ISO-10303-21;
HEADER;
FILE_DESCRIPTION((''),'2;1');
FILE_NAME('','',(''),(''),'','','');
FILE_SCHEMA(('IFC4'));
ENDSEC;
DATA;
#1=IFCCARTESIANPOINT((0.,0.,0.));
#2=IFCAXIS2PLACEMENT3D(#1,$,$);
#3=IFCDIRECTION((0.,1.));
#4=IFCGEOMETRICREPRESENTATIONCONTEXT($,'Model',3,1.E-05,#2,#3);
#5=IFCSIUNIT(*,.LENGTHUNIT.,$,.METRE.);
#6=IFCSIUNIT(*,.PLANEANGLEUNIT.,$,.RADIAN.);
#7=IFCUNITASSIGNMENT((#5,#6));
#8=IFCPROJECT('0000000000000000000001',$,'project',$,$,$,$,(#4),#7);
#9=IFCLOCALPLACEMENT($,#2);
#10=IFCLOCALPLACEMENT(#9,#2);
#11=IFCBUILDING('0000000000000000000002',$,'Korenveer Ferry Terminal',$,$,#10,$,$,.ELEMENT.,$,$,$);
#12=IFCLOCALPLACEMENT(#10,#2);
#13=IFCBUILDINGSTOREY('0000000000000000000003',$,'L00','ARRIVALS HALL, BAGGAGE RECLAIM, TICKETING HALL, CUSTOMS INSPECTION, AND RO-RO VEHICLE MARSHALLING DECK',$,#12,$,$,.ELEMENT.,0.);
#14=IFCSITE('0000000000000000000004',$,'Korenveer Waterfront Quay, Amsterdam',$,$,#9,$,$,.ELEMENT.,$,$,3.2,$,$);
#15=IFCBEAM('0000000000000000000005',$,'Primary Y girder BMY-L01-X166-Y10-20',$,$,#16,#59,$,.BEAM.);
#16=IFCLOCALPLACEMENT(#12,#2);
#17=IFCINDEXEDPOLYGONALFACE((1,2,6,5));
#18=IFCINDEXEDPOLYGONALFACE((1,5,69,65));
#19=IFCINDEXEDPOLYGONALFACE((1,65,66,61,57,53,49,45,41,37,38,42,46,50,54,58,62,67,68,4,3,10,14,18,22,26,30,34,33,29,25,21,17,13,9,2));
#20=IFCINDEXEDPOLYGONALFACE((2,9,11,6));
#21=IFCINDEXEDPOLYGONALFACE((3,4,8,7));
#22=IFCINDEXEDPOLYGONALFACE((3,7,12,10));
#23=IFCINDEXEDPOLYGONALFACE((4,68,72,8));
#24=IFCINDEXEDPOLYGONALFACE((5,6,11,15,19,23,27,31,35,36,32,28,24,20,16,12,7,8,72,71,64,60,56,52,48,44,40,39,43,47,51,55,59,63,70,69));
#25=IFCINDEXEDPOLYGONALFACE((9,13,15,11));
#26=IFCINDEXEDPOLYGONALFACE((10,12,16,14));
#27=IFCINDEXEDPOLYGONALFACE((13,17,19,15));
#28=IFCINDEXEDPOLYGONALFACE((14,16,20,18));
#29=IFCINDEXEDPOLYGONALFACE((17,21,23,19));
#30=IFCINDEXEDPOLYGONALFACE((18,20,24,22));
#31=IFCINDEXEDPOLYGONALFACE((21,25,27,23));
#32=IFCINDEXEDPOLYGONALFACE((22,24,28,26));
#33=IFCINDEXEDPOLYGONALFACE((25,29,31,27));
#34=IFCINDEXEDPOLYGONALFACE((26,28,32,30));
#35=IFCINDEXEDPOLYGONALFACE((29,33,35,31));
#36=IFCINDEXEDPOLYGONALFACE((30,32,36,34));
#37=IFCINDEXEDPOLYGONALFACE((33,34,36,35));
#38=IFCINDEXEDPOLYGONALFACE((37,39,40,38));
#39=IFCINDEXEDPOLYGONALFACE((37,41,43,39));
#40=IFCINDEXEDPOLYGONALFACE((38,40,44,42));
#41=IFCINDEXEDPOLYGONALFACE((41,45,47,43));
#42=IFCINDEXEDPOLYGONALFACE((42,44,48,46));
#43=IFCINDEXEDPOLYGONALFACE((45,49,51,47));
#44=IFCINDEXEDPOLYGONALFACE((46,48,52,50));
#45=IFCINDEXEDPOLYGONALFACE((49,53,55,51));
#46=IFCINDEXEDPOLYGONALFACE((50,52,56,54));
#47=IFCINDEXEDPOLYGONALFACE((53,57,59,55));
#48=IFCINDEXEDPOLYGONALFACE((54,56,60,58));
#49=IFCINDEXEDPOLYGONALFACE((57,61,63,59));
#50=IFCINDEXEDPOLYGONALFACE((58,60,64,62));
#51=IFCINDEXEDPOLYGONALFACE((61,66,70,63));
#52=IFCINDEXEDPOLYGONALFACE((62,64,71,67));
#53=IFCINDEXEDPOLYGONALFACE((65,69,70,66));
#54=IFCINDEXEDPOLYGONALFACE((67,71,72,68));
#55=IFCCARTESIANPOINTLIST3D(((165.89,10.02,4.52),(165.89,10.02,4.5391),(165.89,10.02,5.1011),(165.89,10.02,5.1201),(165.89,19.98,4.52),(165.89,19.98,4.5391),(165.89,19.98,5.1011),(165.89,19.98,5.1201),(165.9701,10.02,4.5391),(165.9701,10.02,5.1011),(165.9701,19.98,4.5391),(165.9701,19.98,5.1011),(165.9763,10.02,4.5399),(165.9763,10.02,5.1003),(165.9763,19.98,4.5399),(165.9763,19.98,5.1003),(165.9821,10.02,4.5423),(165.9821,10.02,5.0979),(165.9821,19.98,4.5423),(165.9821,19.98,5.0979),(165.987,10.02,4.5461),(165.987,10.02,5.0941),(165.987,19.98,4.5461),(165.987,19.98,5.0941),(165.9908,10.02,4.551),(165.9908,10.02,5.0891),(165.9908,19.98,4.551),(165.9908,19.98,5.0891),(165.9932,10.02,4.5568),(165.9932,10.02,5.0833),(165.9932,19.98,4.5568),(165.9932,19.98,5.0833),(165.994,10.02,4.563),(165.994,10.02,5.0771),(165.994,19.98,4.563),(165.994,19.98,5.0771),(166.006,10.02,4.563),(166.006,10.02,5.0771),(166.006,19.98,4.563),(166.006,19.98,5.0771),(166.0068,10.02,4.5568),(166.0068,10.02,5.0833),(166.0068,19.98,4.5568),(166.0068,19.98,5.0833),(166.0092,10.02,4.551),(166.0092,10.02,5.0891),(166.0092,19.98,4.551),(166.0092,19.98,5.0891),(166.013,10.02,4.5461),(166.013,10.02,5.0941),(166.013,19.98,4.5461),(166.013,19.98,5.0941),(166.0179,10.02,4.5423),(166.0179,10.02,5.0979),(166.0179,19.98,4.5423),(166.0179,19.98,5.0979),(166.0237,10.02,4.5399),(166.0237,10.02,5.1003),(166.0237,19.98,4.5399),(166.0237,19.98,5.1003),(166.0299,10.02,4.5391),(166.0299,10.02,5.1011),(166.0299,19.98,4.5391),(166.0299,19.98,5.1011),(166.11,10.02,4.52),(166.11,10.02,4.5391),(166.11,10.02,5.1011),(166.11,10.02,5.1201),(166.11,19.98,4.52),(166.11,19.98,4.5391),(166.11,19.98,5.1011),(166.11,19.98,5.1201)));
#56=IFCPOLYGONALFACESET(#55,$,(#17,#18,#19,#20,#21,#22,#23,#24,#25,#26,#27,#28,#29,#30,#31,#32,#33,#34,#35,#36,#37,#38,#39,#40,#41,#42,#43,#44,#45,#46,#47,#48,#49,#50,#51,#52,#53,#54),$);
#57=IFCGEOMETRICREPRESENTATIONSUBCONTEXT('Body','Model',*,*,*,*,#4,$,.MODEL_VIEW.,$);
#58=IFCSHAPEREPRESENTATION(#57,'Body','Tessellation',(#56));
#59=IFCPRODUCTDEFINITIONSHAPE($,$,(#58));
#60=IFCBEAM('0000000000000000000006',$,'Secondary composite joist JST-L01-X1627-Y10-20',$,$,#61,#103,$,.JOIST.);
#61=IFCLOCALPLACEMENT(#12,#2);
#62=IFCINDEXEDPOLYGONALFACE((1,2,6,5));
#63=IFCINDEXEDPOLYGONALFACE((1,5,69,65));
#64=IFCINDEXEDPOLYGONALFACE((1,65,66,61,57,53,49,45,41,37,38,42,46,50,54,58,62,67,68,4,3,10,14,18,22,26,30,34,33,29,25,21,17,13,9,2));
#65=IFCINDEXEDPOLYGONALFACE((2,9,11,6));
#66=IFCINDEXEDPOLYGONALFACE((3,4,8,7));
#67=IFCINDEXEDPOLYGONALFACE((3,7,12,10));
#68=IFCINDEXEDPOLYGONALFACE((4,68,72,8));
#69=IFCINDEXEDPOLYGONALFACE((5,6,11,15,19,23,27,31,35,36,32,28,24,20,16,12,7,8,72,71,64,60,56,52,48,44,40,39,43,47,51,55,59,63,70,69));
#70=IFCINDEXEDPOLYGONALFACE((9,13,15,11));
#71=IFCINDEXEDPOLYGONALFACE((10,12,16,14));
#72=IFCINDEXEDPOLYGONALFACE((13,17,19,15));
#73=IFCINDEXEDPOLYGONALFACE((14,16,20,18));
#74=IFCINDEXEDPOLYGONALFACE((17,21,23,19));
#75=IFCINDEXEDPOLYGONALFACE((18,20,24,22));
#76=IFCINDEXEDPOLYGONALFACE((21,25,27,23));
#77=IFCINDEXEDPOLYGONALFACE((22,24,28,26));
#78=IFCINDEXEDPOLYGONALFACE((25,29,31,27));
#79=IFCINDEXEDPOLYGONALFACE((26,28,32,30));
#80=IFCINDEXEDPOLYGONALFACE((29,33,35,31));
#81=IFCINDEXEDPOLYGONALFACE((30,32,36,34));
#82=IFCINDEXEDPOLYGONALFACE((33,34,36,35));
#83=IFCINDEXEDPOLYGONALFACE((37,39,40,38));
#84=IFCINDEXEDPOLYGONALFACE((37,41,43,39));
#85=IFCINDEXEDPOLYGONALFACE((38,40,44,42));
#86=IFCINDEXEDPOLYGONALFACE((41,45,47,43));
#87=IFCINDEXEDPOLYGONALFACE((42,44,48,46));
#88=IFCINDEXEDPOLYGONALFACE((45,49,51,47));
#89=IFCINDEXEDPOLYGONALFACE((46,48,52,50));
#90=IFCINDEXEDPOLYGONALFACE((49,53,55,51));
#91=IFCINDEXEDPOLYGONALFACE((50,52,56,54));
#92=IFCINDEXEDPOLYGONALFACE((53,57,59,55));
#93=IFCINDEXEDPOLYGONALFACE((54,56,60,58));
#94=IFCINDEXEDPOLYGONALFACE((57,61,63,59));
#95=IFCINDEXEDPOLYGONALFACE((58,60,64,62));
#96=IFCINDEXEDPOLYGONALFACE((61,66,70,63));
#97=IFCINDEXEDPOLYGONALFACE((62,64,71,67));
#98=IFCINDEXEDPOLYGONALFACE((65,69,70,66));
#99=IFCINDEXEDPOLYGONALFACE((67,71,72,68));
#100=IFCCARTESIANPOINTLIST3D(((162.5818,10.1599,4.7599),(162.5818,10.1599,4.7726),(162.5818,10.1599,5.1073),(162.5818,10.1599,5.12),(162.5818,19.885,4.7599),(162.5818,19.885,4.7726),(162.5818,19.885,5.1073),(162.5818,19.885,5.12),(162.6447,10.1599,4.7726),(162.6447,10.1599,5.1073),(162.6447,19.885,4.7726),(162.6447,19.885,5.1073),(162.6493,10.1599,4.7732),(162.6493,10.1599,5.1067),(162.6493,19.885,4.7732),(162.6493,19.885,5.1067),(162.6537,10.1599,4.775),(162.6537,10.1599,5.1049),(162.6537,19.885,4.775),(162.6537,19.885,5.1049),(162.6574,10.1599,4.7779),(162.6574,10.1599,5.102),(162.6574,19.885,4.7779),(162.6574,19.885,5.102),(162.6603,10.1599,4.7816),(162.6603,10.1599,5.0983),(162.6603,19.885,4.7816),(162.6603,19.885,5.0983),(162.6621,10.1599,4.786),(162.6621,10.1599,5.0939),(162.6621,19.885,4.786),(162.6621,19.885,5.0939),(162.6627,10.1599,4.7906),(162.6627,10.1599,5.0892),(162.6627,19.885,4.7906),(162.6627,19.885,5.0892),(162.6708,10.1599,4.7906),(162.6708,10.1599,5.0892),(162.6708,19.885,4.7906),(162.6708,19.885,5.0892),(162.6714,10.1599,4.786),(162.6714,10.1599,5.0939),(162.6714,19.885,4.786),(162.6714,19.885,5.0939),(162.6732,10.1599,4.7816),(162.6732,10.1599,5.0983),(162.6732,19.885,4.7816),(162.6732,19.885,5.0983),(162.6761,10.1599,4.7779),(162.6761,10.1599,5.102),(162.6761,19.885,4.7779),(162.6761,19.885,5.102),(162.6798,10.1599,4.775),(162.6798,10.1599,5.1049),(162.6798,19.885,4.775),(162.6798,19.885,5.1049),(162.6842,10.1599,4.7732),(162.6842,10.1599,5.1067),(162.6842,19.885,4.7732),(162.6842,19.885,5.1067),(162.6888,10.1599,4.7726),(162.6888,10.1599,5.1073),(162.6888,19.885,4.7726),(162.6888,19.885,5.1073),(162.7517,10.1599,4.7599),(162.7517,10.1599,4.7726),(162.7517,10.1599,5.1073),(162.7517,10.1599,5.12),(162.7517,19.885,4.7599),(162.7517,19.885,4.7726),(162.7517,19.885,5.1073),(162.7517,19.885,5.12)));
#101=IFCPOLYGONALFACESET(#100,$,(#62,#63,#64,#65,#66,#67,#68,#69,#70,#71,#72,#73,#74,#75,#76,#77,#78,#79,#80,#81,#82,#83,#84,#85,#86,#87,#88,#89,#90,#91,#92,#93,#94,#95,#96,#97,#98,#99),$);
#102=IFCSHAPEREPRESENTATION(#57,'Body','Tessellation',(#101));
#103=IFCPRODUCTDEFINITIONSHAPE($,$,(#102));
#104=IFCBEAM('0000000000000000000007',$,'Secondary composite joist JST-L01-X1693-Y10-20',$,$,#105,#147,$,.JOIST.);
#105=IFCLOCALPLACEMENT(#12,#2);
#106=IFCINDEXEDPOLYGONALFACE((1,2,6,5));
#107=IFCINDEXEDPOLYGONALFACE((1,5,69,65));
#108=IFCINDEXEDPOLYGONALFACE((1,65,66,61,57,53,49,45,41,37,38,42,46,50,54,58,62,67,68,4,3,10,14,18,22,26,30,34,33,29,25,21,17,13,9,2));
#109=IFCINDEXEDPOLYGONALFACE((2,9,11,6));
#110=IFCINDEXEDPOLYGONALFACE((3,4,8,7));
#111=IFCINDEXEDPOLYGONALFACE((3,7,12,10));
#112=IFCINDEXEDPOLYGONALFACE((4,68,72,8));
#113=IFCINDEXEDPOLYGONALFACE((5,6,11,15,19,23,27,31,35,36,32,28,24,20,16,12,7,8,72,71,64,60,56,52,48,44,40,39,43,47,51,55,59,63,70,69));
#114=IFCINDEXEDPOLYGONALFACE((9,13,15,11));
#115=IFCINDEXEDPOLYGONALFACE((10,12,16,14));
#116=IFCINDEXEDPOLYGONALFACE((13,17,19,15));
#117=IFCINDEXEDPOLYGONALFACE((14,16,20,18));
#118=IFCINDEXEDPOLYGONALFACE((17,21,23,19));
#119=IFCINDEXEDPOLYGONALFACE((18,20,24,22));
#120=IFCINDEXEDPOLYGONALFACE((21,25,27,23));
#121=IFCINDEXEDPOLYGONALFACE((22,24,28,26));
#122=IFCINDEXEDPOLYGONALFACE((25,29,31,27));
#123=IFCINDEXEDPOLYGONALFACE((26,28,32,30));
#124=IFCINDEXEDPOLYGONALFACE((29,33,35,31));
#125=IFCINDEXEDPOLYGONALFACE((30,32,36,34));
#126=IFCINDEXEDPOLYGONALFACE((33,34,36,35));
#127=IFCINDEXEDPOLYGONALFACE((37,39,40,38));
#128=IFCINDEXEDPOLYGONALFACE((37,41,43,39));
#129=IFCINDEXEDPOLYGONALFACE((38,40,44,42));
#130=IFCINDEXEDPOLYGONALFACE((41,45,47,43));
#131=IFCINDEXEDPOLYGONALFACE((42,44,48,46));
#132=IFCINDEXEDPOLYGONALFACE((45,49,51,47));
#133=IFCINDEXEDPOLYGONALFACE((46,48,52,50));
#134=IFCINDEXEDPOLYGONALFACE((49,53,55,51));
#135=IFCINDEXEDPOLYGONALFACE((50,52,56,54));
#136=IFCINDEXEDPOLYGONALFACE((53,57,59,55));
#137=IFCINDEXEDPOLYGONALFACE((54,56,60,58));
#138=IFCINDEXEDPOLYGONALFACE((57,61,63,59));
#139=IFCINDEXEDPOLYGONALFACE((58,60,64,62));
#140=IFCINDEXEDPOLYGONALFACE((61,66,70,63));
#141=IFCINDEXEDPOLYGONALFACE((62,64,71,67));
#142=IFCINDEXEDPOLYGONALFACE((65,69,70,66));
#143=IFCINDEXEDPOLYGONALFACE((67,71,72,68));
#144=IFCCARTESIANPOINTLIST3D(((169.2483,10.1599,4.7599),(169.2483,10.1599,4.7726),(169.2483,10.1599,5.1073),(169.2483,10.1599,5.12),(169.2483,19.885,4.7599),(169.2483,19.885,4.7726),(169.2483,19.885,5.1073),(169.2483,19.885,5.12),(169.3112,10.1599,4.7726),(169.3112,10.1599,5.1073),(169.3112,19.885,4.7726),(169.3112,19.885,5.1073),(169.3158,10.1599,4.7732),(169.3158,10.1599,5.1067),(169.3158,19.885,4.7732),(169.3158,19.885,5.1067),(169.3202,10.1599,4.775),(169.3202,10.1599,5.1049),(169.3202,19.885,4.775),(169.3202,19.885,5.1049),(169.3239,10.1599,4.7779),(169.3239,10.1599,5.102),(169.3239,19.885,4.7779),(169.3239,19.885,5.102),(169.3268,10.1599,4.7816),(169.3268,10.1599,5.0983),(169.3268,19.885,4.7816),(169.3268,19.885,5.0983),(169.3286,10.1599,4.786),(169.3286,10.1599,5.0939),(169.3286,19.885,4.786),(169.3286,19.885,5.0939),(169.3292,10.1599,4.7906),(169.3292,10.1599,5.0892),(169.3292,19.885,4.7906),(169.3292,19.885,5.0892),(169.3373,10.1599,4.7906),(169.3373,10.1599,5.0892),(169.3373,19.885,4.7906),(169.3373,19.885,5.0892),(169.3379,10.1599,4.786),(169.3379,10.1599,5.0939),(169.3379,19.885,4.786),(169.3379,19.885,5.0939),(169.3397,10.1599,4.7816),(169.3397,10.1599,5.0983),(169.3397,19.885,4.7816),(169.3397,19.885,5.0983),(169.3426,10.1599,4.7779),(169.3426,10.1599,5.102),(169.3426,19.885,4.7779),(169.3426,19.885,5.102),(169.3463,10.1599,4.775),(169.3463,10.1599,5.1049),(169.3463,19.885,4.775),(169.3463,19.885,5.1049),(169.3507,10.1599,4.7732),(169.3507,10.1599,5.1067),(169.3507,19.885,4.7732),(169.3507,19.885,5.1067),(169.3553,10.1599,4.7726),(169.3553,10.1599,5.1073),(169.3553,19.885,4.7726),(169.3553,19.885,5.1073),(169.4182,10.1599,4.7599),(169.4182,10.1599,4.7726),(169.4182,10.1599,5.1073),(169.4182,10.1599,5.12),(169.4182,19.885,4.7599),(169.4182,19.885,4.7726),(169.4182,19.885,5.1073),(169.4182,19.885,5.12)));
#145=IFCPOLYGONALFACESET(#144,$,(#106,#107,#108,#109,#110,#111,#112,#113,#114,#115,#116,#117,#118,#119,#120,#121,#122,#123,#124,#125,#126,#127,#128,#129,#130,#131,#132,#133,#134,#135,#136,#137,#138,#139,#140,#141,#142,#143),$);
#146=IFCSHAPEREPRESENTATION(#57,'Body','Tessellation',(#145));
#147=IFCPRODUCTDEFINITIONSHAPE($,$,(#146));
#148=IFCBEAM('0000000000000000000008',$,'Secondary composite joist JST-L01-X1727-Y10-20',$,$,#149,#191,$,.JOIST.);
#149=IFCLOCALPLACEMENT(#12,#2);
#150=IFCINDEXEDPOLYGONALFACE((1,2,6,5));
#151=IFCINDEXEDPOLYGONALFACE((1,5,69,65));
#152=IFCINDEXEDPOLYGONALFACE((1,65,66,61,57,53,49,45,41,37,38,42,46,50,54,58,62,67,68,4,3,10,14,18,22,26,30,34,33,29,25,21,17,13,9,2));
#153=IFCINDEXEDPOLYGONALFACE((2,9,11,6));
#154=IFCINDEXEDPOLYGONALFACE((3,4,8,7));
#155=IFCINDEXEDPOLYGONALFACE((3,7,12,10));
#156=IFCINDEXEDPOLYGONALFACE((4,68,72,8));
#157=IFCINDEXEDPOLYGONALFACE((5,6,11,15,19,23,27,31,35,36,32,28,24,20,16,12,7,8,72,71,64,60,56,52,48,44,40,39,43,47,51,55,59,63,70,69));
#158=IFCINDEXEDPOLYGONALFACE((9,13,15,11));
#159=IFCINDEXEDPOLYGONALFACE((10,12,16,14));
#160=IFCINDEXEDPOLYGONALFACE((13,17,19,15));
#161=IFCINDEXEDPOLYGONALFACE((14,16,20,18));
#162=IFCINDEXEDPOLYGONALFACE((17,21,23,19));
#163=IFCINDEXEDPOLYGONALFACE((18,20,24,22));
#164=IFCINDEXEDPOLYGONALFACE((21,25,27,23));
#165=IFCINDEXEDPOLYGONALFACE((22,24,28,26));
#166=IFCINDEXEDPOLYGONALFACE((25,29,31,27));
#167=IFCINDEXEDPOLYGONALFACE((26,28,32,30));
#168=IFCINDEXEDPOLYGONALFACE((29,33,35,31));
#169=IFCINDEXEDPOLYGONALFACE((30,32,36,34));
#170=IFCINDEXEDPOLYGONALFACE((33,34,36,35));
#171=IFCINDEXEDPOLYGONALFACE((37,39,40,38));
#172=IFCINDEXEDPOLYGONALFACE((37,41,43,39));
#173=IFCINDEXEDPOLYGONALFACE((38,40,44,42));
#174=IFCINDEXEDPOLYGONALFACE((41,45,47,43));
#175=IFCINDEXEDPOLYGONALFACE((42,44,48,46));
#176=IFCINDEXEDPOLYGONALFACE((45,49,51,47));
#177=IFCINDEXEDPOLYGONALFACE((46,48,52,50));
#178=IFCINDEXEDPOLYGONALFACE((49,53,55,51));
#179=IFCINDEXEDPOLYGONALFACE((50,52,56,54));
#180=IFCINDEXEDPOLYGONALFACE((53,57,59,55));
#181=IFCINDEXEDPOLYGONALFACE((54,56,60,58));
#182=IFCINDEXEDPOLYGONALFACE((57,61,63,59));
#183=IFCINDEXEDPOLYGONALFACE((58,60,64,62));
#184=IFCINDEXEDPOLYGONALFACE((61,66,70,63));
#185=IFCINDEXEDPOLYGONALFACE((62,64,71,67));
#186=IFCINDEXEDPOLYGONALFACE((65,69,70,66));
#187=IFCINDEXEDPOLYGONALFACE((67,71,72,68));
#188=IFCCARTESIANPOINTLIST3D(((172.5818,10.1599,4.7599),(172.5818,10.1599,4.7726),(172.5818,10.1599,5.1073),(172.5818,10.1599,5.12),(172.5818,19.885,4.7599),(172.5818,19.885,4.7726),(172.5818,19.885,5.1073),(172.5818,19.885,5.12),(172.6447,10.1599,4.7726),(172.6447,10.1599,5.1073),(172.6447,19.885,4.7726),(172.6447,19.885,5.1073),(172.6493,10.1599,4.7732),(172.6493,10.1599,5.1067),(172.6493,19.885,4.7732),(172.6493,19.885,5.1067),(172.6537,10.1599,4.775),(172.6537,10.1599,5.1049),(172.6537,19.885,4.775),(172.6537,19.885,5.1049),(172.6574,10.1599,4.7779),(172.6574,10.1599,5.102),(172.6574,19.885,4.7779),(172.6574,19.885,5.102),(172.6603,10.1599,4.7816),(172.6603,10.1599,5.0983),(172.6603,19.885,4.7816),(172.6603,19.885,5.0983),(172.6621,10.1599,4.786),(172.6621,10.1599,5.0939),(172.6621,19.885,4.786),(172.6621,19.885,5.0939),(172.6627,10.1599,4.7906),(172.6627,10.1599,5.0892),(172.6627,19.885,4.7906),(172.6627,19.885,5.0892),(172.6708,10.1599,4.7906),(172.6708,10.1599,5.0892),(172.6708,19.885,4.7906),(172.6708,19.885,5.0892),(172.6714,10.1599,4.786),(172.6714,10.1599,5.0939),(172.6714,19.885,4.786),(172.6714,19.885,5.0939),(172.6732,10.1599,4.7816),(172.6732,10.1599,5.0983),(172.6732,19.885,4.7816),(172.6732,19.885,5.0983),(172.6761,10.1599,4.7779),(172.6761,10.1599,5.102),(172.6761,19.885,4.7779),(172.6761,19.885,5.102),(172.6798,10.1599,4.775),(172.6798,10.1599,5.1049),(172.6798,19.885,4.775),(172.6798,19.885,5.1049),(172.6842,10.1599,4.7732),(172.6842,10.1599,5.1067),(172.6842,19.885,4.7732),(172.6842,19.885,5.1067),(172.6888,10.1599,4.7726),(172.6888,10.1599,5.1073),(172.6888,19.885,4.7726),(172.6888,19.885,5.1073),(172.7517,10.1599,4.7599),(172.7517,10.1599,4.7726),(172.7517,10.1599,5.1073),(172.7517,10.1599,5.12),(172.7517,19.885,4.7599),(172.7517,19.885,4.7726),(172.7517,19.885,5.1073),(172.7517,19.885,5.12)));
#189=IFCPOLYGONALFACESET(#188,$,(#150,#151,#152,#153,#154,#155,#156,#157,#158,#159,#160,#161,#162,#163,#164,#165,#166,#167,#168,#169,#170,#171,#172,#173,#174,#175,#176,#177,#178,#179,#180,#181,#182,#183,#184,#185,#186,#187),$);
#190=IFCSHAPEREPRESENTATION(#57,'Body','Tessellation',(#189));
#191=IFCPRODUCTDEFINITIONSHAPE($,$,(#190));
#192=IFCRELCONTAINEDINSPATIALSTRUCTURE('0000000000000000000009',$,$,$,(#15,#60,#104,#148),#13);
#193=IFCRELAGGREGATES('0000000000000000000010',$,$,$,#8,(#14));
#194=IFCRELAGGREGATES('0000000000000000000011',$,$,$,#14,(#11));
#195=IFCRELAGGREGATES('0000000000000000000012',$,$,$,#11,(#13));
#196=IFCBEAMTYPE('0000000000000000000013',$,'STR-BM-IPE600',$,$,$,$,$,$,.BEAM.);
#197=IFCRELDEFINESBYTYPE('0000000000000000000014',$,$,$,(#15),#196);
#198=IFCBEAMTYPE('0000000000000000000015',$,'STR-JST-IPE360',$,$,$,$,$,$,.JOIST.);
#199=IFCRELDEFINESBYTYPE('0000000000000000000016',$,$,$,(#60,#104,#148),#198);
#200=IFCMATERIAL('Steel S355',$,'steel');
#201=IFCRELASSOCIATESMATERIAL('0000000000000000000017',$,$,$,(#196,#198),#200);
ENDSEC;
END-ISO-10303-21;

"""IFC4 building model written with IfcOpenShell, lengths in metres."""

from ifc_helpers import new_model, si_unit, direction, frame, origin, origin_2d, place, context, subcontext, project, spatial, i_section, extrude, material, material_profile, profile_set, type_object, element, save


model = new_model("IFC4")

# Units and contexts
model_context = context("Model", 3, precision=1e-05, world=origin(), true_north=direction((0.0, 1.0)))
body_context = subcontext(model_context, "Body", "Model", "MODEL_VIEW")
ifc_project = project(units=[si_unit("LENGTHUNIT", "METRE"), si_unit("PLANEANGLEUNIT", "RADIAN")], contexts=[model_context])

# Site, building, storey
site_placement = place(None, origin())
site = spatial("IfcSite", under=ifc_project, at=site_placement, Name="Korenveer Waterfront Quay, Amsterdam", CompositionType="ELEMENT", RefElevation=3.2)
building_placement = place(site_placement, origin())
building = spatial("IfcBuilding", under=site, at=building_placement, Name="Korenveer Ferry Terminal", CompositionType="ELEMENT")
storey_placement = place(building_placement, origin())
storey = spatial("IfcBuildingStorey", under=building, at=storey_placement, Name="L00", Description="ARRIVALS HALL, BAGGAGE RECLAIM, TICKETING HALL, CUSTOMS INSPECTION, AND RO-RO VEHICLE MARSHALLING DECK", CompositionType="ELEMENT", Elevation=0.0)

# Beams
ifc_material_1 = material(Name="Steel S355", Category="steel")
ifc_material_profile_1 = material_profile(ifc_material_1, i_section(OverallWidth=0.22, OverallDepth=0.6001, WebThickness=0.012, FlangeThickness=0.019, FilletRadius=0.0239, at=origin_2d()), Name="IPE 600")
ifc_profile_set_1 = profile_set([ifc_material_profile_1], Name="Steel S355")
beam_type_1 = type_object("IfcBeamType", Name="STR-BM-IPE600", PredefinedType="BEAM", material=ifc_profile_set_1)
beam_1_placement = place(storey_placement, frame((166.0, 10.02, 4.8201), z_axis=(0.0, 1.0, 0.0), x_axis=(-1.0, 0.0, 0.0)))
element("IfcBeam", 1, at=beam_1_placement, inside=storey, type_object=beam_type_1, Name="Primary Y girder BMY-L01-X166-Y10-20", PredefinedType="BEAM", context=body_context, shape_type="SweptSolid", body=[
    extrude(i_section(OverallWidth=0.22, OverallDepth=0.6001, WebThickness=0.012, FlangeThickness=0.019, FilletRadius=0.0239, at=origin_2d()), origin(), (0.0, 0.0, 1.0), 9.96),
])
ifc_material_profile_2 = material_profile(ifc_material_1, i_section(OverallWidth=0.1699, OverallDepth=0.3601, WebThickness=0.0081, FlangeThickness=0.0127, FilletRadius=0.0181, at=origin_2d()), Name="IPE 360")
ifc_profile_set_2 = profile_set([ifc_material_profile_2], Name="Steel S355")
beam_type_2 = type_object("IfcBeamType", Name="STR-JST-IPE360", PredefinedType="JOIST", material=ifc_profile_set_2)
for number, where, z_axis, x_axis, name in (
    (2, (162.6667, 10.1599, 4.9399), (0.0, 1.0, 0.0), (-1.0, 0.0, 0.0), "Secondary composite joist JST-L01-X1627-Y10-20"),
    (3, (169.3333, 10.1599, 4.9399), (0.0, 1.0, 0.0), (-1.0, 0.0, 0.0), "Secondary composite joist JST-L01-X1693-Y10-20"),
    (4, (172.6667, 10.1599, 4.9399), (0.0, 1.0, 0.0), (-1.0, 0.0, 0.0), "Secondary composite joist JST-L01-X1727-Y10-20"),
):
    element("IfcBeam", number, at=place(storey_placement, frame(where, z_axis=z_axis, x_axis=x_axis)), inside=storey, type_object=beam_type_2, Name=name, PredefinedType="JOIST", context=body_context, shape_type="SweptSolid", body=[
        extrude(i_section(OverallWidth=0.1699, OverallDepth=0.3601, WebThickness=0.0081, FlangeThickness=0.0127, FilletRadius=0.0181, at=origin_2d()), origin(), (0.0, 0.0, 1.0), 9.7251),
    ])

save(model, "model.ifc")
